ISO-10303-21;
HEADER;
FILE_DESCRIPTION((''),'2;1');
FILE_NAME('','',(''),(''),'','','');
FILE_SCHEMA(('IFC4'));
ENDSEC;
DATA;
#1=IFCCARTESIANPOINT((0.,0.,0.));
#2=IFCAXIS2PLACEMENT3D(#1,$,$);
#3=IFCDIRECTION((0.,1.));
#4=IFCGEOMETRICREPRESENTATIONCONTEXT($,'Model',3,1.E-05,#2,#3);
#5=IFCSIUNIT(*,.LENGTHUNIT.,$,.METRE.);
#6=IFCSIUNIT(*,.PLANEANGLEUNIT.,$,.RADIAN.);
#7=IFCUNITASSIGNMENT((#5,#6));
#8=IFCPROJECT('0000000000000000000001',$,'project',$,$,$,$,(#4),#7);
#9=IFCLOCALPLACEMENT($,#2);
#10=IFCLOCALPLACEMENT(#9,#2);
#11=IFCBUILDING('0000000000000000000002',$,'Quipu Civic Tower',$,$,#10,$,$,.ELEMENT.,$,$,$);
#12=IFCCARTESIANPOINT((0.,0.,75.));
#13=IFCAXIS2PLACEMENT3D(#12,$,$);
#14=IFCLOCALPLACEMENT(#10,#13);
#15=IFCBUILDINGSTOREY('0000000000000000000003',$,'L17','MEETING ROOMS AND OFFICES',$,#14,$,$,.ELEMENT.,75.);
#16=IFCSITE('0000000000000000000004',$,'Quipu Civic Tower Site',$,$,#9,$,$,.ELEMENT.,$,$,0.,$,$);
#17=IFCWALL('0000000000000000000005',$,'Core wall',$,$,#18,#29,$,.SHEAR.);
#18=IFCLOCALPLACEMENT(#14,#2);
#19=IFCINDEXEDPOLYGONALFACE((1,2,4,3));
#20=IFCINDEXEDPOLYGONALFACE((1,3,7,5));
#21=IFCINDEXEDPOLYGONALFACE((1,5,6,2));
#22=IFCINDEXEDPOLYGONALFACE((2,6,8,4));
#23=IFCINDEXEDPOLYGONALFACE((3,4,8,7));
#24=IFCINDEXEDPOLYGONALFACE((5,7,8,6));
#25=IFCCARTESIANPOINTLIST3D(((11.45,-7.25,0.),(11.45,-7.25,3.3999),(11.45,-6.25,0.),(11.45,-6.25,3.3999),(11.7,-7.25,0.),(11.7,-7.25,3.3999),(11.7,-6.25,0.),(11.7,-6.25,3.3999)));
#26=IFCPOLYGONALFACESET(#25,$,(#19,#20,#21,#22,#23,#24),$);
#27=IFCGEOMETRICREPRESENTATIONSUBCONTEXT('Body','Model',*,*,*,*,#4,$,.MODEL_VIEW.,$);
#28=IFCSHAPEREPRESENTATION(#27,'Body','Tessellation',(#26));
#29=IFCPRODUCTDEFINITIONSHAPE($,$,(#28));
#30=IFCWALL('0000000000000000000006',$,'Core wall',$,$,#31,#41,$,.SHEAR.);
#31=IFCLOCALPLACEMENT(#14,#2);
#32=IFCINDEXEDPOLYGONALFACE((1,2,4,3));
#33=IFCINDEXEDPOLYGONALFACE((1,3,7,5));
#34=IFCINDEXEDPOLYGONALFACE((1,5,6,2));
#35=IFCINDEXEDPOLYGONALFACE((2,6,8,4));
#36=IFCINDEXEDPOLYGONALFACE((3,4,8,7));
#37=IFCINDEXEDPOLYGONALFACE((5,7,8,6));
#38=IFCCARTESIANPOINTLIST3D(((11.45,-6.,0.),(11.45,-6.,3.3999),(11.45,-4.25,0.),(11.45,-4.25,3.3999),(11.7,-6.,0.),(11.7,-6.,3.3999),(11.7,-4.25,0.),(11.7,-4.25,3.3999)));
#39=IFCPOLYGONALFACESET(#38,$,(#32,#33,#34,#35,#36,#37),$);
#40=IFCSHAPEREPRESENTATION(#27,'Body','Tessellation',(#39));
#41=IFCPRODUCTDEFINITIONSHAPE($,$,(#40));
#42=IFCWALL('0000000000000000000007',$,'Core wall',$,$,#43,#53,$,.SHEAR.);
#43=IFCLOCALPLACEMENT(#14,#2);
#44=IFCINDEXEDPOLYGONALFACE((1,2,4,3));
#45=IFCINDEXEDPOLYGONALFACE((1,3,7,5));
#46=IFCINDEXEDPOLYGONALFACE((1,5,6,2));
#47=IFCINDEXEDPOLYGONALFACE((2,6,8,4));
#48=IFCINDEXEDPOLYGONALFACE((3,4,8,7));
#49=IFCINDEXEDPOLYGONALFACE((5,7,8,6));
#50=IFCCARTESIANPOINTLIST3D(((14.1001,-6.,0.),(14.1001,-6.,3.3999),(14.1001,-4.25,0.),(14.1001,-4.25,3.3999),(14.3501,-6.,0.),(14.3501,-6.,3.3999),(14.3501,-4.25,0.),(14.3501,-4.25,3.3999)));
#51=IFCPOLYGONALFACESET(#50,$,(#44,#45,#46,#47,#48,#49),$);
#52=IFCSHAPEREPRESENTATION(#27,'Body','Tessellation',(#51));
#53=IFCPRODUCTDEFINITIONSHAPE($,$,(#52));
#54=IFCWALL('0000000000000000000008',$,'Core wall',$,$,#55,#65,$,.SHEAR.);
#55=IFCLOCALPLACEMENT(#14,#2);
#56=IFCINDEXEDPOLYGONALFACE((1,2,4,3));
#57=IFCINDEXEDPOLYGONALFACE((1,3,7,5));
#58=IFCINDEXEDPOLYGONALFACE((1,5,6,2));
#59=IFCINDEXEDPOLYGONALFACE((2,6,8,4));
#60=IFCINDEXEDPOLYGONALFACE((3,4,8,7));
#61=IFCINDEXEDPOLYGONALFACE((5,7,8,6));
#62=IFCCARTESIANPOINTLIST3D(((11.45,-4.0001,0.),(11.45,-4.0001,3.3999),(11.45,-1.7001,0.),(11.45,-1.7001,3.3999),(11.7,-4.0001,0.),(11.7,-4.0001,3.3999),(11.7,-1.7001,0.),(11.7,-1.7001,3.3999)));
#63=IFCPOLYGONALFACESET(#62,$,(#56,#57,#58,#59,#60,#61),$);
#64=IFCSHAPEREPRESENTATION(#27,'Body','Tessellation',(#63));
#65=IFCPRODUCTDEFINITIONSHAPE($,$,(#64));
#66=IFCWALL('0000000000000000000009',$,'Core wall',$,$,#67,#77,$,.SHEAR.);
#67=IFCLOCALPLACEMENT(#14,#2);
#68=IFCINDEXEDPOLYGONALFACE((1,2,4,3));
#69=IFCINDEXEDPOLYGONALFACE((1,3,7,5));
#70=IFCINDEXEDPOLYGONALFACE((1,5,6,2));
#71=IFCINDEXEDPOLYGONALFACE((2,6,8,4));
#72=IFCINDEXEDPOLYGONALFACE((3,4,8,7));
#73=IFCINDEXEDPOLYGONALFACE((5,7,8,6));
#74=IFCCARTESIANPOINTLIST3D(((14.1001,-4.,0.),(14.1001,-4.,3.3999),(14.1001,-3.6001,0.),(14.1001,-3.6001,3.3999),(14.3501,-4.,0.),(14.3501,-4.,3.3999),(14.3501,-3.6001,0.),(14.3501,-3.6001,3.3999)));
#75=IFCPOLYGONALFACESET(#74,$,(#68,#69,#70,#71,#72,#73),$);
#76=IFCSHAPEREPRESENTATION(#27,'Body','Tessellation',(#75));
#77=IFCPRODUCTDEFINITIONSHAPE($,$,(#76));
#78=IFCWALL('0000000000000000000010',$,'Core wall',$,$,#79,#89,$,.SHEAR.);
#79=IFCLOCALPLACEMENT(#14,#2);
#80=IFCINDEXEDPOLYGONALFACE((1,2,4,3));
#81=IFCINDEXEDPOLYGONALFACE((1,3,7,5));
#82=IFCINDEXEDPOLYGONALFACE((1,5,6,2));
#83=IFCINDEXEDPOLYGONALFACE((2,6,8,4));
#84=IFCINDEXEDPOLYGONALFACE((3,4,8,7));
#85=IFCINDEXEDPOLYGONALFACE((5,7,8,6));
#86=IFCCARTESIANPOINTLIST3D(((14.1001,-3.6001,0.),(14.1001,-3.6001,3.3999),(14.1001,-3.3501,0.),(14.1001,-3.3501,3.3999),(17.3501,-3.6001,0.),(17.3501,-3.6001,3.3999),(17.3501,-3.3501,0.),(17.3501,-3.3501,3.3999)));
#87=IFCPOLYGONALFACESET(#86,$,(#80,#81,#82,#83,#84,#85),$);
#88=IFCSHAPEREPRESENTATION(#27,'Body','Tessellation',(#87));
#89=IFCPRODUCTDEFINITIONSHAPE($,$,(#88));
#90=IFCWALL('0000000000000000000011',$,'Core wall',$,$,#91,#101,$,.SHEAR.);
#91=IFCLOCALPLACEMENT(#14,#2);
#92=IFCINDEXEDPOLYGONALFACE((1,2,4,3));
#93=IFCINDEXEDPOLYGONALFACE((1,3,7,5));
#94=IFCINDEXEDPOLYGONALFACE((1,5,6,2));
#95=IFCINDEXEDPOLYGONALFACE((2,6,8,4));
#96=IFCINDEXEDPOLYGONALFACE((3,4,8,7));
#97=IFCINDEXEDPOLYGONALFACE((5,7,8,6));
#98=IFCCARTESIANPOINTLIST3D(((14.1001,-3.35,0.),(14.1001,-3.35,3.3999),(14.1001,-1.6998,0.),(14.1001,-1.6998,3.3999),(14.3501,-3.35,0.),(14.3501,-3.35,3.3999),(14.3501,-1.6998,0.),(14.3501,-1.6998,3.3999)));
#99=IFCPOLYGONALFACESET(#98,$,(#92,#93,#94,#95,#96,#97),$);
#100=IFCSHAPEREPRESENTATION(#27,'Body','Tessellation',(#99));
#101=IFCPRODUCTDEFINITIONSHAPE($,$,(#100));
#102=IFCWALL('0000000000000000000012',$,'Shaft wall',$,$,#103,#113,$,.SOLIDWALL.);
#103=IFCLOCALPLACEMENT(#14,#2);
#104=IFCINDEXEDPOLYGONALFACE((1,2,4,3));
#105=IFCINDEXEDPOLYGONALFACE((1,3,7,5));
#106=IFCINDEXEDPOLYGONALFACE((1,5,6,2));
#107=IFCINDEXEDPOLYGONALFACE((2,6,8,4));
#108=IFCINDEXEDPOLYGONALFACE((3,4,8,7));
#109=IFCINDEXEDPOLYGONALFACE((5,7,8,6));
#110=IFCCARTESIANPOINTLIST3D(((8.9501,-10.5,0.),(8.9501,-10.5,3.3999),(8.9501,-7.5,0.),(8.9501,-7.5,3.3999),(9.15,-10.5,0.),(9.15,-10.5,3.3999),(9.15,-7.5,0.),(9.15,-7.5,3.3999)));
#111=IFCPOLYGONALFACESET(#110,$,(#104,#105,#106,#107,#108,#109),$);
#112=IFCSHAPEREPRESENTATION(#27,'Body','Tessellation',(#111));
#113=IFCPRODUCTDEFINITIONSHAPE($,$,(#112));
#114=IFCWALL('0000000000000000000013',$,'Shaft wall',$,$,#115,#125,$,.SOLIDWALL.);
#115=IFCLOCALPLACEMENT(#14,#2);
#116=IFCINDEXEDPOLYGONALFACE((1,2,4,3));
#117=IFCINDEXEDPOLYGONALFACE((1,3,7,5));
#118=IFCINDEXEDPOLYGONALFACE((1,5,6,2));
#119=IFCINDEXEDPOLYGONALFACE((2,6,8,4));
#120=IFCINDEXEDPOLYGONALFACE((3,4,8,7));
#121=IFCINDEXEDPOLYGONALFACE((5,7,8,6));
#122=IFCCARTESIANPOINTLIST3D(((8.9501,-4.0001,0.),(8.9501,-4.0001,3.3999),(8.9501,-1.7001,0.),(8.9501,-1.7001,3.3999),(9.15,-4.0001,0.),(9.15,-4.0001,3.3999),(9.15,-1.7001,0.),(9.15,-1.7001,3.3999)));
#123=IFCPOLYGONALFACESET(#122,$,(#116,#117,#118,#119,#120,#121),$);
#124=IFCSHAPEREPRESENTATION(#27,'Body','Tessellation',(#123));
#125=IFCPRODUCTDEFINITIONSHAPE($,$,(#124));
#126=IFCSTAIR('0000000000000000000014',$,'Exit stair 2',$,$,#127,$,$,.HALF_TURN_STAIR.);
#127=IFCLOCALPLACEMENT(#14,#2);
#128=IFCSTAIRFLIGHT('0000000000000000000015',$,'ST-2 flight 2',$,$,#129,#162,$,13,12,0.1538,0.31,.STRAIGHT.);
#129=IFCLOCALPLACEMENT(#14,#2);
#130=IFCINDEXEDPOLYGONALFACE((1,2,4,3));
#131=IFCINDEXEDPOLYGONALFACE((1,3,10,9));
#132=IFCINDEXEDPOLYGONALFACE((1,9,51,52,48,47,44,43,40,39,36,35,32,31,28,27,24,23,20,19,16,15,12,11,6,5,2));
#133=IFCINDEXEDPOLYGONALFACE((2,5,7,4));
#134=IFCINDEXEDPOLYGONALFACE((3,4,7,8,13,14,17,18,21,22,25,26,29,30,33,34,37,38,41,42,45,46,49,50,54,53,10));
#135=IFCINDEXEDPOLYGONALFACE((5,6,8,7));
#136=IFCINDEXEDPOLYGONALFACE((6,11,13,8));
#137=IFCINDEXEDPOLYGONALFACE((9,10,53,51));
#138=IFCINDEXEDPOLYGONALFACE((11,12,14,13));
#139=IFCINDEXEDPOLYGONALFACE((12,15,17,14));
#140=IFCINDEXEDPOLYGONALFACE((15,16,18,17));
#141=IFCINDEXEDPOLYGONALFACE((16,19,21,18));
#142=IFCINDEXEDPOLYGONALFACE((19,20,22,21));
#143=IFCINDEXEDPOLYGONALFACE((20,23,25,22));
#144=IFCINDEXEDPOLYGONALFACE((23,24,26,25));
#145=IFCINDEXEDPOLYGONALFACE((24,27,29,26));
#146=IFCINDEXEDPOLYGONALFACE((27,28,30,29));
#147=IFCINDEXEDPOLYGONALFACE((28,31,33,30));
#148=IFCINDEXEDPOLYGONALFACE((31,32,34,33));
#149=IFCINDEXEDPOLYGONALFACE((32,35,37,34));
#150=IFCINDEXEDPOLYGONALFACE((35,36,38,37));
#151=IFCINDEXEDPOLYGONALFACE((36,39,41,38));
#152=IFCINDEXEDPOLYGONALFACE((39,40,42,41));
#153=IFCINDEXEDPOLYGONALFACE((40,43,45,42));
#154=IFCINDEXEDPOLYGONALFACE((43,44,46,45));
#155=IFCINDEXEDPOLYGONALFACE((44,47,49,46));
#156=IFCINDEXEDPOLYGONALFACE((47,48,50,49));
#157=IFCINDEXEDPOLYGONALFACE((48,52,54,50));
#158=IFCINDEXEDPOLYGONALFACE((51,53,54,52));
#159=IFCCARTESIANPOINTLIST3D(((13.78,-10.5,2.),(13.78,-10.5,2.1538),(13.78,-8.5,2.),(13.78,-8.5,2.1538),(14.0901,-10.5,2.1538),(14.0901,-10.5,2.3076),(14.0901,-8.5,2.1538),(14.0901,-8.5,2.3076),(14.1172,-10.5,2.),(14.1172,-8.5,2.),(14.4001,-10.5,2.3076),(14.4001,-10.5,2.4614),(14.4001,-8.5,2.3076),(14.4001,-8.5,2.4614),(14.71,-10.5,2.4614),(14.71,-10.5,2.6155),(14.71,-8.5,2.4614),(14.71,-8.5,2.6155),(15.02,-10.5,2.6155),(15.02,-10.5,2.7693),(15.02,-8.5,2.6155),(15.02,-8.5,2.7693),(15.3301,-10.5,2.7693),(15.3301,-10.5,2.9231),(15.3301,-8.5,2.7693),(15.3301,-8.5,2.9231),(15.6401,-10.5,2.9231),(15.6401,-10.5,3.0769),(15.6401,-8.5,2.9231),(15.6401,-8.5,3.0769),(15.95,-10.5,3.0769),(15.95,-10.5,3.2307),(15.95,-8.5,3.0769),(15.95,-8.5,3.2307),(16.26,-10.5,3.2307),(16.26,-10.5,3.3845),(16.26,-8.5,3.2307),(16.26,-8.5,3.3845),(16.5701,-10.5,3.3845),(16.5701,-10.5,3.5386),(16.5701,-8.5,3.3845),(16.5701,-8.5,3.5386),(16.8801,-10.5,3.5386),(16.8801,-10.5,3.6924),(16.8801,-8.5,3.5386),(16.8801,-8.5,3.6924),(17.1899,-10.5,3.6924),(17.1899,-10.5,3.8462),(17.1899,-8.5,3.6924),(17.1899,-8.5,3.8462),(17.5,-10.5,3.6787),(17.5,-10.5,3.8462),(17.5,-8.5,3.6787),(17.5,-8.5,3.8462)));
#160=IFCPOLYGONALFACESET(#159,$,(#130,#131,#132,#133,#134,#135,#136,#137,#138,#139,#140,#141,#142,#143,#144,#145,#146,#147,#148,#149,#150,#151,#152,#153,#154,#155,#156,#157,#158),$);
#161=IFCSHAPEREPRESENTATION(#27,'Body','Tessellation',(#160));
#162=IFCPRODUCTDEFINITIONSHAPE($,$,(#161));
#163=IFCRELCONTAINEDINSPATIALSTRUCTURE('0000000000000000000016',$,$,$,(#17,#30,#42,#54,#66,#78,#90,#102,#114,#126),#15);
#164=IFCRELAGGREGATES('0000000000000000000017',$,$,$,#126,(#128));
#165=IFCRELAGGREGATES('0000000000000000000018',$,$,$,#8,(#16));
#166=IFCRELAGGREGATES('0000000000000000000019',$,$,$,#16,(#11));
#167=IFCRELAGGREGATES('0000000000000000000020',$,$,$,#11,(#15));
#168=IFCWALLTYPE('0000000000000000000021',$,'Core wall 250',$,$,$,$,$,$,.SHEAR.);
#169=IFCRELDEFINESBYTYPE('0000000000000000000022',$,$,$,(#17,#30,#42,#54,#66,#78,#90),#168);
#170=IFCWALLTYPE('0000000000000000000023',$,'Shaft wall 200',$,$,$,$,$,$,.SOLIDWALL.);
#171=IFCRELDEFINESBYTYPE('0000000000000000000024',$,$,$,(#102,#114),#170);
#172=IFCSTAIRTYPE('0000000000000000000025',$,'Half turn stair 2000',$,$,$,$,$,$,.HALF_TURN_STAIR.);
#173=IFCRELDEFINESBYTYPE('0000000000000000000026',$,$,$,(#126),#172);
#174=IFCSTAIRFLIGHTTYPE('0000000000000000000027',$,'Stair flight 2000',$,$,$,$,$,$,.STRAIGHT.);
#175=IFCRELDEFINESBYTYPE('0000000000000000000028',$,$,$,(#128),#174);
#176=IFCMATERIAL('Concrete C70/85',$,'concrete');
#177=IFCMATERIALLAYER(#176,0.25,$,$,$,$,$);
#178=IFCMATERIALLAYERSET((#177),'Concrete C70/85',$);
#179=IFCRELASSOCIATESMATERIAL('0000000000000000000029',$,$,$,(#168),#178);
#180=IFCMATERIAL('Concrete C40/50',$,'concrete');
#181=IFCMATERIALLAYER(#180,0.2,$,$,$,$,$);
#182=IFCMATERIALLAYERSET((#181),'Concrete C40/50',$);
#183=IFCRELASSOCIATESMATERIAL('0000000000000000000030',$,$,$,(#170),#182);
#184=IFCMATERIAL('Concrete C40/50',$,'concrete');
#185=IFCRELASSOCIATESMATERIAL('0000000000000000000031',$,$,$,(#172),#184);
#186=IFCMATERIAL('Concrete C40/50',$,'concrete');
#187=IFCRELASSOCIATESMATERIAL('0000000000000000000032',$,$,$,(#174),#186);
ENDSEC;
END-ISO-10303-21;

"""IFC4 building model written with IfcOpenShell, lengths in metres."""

from ifc_helpers import new_model, si_unit, direction, frame, frame_2d, origin, place, context, subcontext, project, spatial, polyline, rectangle, outline, extrude, material, layer, layer_set, type_object, element, aggregate, save


model = new_model("IFC4")

# Units and contexts
model_context = context("Model", 3, precision=1e-05, world=origin(), true_north=direction((0.0, 1.0)))
body_context = subcontext(model_context, "Body", "Model", "MODEL_VIEW")
ifc_project = project(units=[si_unit("LENGTHUNIT", "METRE"), si_unit("PLANEANGLEUNIT", "RADIAN")], contexts=[model_context])

# Site, building, storey
site_placement = place(None, origin())
site = spatial("IfcSite", under=ifc_project, at=site_placement, Name="Quipu Civic Tower Site", CompositionType="ELEMENT", RefElevation=0.0)
building_placement = place(site_placement, origin())
building = spatial("IfcBuilding", under=site, at=building_placement, Name="Quipu Civic Tower", CompositionType="ELEMENT")
storey_placement = place(building_placement, frame((0.0, 0.0, 75.0)))
storey = spatial("IfcBuildingStorey", under=building, at=storey_placement, Name="L17", Description="MEETING ROOMS AND OFFICES", CompositionType="ELEMENT", Elevation=75.0)

# Shared definitions
ifc_material_1 = material(Name="Concrete C70/85", Category="concrete")
ifc_layer_1 = layer(ifc_material_1, 0.25)
ifc_layer_set_1 = layer_set([ifc_layer_1], Name="Concrete C70/85")
wall_type_1 = type_object("IfcWallType", Name="Core wall 250", PredefinedType="SHEAR", material=ifc_layer_set_1)

# Walls
wall_1_placement = place(storey_placement, frame((11.575, -7.25, 0.0), z_axis=(0.0, 0.0, 1.0), x_axis=(0.0, 1.0, 0.0)))
element("IfcWall", 1, at=wall_1_placement, inside=storey, type_object=wall_type_1, Name="Core wall", PredefinedType="SHEAR", context=body_context, shape_type="SweptSolid", body=[
    extrude(rectangle(XDim=1.0, YDim=0.25, at=frame_2d((0.5, 0.0))), origin(), (0.0, 0.0, 1.0), 3.3999),
])
for number, where, z_axis, x_axis, name in (
    (2, (11.575, -6.0, 0.0), (0.0, 0.0, 1.0), (0.0, 1.0, 0.0), "Core wall"),
    (3, (14.2251, -6.0, 0.0), (0.0, 0.0, 1.0), (0.0, 1.0, 0.0), "Core wall"),
):
    element("IfcWall", number, at=place(storey_placement, frame(where, z_axis=z_axis, x_axis=x_axis)), inside=storey, type_object=wall_type_1, Name=name, PredefinedType="SHEAR", context=body_context, shape_type="SweptSolid", body=[
        extrude(rectangle(XDim=1.75, YDim=0.25, at=frame_2d((0.875, 0.0))), origin(), (0.0, 0.0, 1.0), 3.3999),
    ])
wall_2_placement = place(storey_placement, frame((11.575, -4.0, 0.0), z_axis=(0.0, 0.0, 1.0), x_axis=(0.0, 1.0, 0.0)))
element("IfcWall", 4, at=wall_2_placement, inside=storey, type_object=wall_type_1, Name="Core wall", PredefinedType="SHEAR", context=body_context, shape_type="SweptSolid", body=[
    extrude(rectangle(XDim=2.3, YDim=0.25, at=frame_2d((1.1499, 0.0))), origin(), (0.0, 0.0, 1.0), 3.3999),
])
wall_3_placement = place(storey_placement, frame((14.2251, -4.0, 0.0), z_axis=(0.0, 0.0, 1.0), x_axis=(0.0, 1.0, 0.0)))
element("IfcWall", 5, at=wall_3_placement, inside=storey, type_object=wall_type_1, Name="Core wall", PredefinedType="SHEAR", context=body_context, shape_type="SweptSolid", body=[
    extrude(rectangle(XDim=0.3999, YDim=0.25, at=frame_2d((0.2, 0.0))), origin(), (0.0, 0.0, 1.0), 3.3999),
])
wall_4_placement = place(storey_placement, frame((14.1001, -3.4751, 0.0), z_axis=(0.0, 0.0, 1.0), x_axis=(1.0, 0.0, 0.0)))
element("IfcWall", 6, at=wall_4_placement, inside=storey, type_object=wall_type_1, Name="Core wall", PredefinedType="SHEAR", context=body_context, shape_type="SweptSolid", body=[
    extrude(rectangle(XDim=3.25, YDim=0.25, at=frame_2d((1.625, 0.0))), origin(), (0.0, 0.0, 1.0), 3.3999),
])
wall_5_placement = place(storey_placement, frame((14.2251, -3.3501, 0.0), z_axis=(0.0, 0.0, 1.0), x_axis=(0.0, 1.0, 0.0)))
element("IfcWall", 7, at=wall_5_placement, inside=storey, type_object=wall_type_1, Name="Core wall", PredefinedType="SHEAR", context=body_context, shape_type="SweptSolid", body=[
    extrude(rectangle(XDim=1.6501, YDim=0.25, at=frame_2d((0.8252, 0.0))), origin(), (0.0, 0.0, 1.0), 3.3999),
])
ifc_material_2 = material(Name="Concrete C40/50", Category="concrete")
ifc_layer_2 = layer(ifc_material_2, 0.2)
ifc_layer_set_2 = layer_set([ifc_layer_2], Name="Concrete C40/50")
wall_type_2 = type_object("IfcWallType", Name="Shaft wall 200", PredefinedType="SOLIDWALL", material=ifc_layer_set_2)
wall_6_placement = place(storey_placement, frame((9.05, -10.5, 0.0), z_axis=(0.0, 0.0, 1.0), x_axis=(0.0, 1.0, 0.0)))
element("IfcWall", 8, at=wall_6_placement, inside=storey, type_object=wall_type_2, Name="Shaft wall", PredefinedType="SOLIDWALL", context=body_context, shape_type="SweptSolid", body=[
    extrude(rectangle(XDim=3.0, YDim=0.2, at=frame_2d((1.5, 0.0))), origin(), (0.0, 0.0, 1.0), 3.3999),
])
wall_7_placement = place(storey_placement, frame((9.05, -4.0, 0.0), z_axis=(0.0, 0.0, 1.0), x_axis=(0.0, 1.0, 0.0)))
element("IfcWall", 9, at=wall_7_placement, inside=storey, type_object=wall_type_2, Name="Shaft wall", PredefinedType="SOLIDWALL", context=body_context, shape_type="SweptSolid", body=[
    extrude(rectangle(XDim=2.3, YDim=0.2, at=frame_2d((1.1499, 0.0))), origin(), (0.0, 0.0, 1.0), 3.3999),
])

# Stair, stair flight
ifc_material_3 = material(Name="Concrete C40/50", Category="concrete")
stair_type = type_object("IfcStairType", Name="Half turn stair 2000", PredefinedType="HALF_TURN_STAIR", material=ifc_material_3)
stair_placement = place(storey_placement, origin())
stair = element("IfcStair", 10, at=stair_placement, inside=storey, type_object=stair_type, Name="Exit stair 2", PredefinedType="HALF_TURN_STAIR")
ifc_material_4 = material(Name="Concrete C40/50", Category="concrete")
stair_flight_type = type_object("IfcStairFlightType", Name="Stair flight 2000", PredefinedType="STRAIGHT", material=ifc_material_4)
stair_flight_placement = place(storey_placement, frame((13.78, -9.5, 2.0), z_axis=(0.0, 0.0, 1.0), x_axis=(1.0, 0.0, 0.0)))
stair_flight = element("IfcStairFlight", 11, at=stair_flight_placement, type_object=stair_flight_type, Name="ST-2 flight 2", NumberOfRisers=13, NumberOfTreads=12, PredefinedType="STRAIGHT", RiserHeight=0.1538, TreadLength=0.31, context=body_context, shape_type="SweptSolid", body=[
    extrude(outline(polyline([(0.0, 0.0), (0.0, 0.1538), (0.3101, 0.1538), (0.3101, 0.3076), (0.6201, 0.3076), (0.6201, 0.4614), (0.9299, 0.4614), (0.9299, 0.6155), (1.24, 0.6155), (1.24, 0.7693), (1.55, 0.7693), (1.55, 0.9231), (1.8601, 0.9231), (1.8601, 1.0769), (2.1699, 1.0769), (2.1699, 1.2307), (2.48, 1.2307), (2.48, 1.3845), (2.79, 1.3845), (2.79, 1.5386), (3.1001, 1.5386), (3.1001, 1.6924), (3.4099, 1.6924), (3.4099, 1.8462), (3.72, 1.8462), (3.72, 2.0), (3.72, 1.6787), (0.3372, 0.0), (0.0, 0.0)])), frame((0.0, 1.0, 0.0), z_axis=(0.0, -1.0, 0.0), x_axis=(1.0, 0.0, 0.0)), (0.0, 0.0, 1.0), 2.0),
])
aggregate(stair, [stair_flight])

save(model, "model.ifc")
